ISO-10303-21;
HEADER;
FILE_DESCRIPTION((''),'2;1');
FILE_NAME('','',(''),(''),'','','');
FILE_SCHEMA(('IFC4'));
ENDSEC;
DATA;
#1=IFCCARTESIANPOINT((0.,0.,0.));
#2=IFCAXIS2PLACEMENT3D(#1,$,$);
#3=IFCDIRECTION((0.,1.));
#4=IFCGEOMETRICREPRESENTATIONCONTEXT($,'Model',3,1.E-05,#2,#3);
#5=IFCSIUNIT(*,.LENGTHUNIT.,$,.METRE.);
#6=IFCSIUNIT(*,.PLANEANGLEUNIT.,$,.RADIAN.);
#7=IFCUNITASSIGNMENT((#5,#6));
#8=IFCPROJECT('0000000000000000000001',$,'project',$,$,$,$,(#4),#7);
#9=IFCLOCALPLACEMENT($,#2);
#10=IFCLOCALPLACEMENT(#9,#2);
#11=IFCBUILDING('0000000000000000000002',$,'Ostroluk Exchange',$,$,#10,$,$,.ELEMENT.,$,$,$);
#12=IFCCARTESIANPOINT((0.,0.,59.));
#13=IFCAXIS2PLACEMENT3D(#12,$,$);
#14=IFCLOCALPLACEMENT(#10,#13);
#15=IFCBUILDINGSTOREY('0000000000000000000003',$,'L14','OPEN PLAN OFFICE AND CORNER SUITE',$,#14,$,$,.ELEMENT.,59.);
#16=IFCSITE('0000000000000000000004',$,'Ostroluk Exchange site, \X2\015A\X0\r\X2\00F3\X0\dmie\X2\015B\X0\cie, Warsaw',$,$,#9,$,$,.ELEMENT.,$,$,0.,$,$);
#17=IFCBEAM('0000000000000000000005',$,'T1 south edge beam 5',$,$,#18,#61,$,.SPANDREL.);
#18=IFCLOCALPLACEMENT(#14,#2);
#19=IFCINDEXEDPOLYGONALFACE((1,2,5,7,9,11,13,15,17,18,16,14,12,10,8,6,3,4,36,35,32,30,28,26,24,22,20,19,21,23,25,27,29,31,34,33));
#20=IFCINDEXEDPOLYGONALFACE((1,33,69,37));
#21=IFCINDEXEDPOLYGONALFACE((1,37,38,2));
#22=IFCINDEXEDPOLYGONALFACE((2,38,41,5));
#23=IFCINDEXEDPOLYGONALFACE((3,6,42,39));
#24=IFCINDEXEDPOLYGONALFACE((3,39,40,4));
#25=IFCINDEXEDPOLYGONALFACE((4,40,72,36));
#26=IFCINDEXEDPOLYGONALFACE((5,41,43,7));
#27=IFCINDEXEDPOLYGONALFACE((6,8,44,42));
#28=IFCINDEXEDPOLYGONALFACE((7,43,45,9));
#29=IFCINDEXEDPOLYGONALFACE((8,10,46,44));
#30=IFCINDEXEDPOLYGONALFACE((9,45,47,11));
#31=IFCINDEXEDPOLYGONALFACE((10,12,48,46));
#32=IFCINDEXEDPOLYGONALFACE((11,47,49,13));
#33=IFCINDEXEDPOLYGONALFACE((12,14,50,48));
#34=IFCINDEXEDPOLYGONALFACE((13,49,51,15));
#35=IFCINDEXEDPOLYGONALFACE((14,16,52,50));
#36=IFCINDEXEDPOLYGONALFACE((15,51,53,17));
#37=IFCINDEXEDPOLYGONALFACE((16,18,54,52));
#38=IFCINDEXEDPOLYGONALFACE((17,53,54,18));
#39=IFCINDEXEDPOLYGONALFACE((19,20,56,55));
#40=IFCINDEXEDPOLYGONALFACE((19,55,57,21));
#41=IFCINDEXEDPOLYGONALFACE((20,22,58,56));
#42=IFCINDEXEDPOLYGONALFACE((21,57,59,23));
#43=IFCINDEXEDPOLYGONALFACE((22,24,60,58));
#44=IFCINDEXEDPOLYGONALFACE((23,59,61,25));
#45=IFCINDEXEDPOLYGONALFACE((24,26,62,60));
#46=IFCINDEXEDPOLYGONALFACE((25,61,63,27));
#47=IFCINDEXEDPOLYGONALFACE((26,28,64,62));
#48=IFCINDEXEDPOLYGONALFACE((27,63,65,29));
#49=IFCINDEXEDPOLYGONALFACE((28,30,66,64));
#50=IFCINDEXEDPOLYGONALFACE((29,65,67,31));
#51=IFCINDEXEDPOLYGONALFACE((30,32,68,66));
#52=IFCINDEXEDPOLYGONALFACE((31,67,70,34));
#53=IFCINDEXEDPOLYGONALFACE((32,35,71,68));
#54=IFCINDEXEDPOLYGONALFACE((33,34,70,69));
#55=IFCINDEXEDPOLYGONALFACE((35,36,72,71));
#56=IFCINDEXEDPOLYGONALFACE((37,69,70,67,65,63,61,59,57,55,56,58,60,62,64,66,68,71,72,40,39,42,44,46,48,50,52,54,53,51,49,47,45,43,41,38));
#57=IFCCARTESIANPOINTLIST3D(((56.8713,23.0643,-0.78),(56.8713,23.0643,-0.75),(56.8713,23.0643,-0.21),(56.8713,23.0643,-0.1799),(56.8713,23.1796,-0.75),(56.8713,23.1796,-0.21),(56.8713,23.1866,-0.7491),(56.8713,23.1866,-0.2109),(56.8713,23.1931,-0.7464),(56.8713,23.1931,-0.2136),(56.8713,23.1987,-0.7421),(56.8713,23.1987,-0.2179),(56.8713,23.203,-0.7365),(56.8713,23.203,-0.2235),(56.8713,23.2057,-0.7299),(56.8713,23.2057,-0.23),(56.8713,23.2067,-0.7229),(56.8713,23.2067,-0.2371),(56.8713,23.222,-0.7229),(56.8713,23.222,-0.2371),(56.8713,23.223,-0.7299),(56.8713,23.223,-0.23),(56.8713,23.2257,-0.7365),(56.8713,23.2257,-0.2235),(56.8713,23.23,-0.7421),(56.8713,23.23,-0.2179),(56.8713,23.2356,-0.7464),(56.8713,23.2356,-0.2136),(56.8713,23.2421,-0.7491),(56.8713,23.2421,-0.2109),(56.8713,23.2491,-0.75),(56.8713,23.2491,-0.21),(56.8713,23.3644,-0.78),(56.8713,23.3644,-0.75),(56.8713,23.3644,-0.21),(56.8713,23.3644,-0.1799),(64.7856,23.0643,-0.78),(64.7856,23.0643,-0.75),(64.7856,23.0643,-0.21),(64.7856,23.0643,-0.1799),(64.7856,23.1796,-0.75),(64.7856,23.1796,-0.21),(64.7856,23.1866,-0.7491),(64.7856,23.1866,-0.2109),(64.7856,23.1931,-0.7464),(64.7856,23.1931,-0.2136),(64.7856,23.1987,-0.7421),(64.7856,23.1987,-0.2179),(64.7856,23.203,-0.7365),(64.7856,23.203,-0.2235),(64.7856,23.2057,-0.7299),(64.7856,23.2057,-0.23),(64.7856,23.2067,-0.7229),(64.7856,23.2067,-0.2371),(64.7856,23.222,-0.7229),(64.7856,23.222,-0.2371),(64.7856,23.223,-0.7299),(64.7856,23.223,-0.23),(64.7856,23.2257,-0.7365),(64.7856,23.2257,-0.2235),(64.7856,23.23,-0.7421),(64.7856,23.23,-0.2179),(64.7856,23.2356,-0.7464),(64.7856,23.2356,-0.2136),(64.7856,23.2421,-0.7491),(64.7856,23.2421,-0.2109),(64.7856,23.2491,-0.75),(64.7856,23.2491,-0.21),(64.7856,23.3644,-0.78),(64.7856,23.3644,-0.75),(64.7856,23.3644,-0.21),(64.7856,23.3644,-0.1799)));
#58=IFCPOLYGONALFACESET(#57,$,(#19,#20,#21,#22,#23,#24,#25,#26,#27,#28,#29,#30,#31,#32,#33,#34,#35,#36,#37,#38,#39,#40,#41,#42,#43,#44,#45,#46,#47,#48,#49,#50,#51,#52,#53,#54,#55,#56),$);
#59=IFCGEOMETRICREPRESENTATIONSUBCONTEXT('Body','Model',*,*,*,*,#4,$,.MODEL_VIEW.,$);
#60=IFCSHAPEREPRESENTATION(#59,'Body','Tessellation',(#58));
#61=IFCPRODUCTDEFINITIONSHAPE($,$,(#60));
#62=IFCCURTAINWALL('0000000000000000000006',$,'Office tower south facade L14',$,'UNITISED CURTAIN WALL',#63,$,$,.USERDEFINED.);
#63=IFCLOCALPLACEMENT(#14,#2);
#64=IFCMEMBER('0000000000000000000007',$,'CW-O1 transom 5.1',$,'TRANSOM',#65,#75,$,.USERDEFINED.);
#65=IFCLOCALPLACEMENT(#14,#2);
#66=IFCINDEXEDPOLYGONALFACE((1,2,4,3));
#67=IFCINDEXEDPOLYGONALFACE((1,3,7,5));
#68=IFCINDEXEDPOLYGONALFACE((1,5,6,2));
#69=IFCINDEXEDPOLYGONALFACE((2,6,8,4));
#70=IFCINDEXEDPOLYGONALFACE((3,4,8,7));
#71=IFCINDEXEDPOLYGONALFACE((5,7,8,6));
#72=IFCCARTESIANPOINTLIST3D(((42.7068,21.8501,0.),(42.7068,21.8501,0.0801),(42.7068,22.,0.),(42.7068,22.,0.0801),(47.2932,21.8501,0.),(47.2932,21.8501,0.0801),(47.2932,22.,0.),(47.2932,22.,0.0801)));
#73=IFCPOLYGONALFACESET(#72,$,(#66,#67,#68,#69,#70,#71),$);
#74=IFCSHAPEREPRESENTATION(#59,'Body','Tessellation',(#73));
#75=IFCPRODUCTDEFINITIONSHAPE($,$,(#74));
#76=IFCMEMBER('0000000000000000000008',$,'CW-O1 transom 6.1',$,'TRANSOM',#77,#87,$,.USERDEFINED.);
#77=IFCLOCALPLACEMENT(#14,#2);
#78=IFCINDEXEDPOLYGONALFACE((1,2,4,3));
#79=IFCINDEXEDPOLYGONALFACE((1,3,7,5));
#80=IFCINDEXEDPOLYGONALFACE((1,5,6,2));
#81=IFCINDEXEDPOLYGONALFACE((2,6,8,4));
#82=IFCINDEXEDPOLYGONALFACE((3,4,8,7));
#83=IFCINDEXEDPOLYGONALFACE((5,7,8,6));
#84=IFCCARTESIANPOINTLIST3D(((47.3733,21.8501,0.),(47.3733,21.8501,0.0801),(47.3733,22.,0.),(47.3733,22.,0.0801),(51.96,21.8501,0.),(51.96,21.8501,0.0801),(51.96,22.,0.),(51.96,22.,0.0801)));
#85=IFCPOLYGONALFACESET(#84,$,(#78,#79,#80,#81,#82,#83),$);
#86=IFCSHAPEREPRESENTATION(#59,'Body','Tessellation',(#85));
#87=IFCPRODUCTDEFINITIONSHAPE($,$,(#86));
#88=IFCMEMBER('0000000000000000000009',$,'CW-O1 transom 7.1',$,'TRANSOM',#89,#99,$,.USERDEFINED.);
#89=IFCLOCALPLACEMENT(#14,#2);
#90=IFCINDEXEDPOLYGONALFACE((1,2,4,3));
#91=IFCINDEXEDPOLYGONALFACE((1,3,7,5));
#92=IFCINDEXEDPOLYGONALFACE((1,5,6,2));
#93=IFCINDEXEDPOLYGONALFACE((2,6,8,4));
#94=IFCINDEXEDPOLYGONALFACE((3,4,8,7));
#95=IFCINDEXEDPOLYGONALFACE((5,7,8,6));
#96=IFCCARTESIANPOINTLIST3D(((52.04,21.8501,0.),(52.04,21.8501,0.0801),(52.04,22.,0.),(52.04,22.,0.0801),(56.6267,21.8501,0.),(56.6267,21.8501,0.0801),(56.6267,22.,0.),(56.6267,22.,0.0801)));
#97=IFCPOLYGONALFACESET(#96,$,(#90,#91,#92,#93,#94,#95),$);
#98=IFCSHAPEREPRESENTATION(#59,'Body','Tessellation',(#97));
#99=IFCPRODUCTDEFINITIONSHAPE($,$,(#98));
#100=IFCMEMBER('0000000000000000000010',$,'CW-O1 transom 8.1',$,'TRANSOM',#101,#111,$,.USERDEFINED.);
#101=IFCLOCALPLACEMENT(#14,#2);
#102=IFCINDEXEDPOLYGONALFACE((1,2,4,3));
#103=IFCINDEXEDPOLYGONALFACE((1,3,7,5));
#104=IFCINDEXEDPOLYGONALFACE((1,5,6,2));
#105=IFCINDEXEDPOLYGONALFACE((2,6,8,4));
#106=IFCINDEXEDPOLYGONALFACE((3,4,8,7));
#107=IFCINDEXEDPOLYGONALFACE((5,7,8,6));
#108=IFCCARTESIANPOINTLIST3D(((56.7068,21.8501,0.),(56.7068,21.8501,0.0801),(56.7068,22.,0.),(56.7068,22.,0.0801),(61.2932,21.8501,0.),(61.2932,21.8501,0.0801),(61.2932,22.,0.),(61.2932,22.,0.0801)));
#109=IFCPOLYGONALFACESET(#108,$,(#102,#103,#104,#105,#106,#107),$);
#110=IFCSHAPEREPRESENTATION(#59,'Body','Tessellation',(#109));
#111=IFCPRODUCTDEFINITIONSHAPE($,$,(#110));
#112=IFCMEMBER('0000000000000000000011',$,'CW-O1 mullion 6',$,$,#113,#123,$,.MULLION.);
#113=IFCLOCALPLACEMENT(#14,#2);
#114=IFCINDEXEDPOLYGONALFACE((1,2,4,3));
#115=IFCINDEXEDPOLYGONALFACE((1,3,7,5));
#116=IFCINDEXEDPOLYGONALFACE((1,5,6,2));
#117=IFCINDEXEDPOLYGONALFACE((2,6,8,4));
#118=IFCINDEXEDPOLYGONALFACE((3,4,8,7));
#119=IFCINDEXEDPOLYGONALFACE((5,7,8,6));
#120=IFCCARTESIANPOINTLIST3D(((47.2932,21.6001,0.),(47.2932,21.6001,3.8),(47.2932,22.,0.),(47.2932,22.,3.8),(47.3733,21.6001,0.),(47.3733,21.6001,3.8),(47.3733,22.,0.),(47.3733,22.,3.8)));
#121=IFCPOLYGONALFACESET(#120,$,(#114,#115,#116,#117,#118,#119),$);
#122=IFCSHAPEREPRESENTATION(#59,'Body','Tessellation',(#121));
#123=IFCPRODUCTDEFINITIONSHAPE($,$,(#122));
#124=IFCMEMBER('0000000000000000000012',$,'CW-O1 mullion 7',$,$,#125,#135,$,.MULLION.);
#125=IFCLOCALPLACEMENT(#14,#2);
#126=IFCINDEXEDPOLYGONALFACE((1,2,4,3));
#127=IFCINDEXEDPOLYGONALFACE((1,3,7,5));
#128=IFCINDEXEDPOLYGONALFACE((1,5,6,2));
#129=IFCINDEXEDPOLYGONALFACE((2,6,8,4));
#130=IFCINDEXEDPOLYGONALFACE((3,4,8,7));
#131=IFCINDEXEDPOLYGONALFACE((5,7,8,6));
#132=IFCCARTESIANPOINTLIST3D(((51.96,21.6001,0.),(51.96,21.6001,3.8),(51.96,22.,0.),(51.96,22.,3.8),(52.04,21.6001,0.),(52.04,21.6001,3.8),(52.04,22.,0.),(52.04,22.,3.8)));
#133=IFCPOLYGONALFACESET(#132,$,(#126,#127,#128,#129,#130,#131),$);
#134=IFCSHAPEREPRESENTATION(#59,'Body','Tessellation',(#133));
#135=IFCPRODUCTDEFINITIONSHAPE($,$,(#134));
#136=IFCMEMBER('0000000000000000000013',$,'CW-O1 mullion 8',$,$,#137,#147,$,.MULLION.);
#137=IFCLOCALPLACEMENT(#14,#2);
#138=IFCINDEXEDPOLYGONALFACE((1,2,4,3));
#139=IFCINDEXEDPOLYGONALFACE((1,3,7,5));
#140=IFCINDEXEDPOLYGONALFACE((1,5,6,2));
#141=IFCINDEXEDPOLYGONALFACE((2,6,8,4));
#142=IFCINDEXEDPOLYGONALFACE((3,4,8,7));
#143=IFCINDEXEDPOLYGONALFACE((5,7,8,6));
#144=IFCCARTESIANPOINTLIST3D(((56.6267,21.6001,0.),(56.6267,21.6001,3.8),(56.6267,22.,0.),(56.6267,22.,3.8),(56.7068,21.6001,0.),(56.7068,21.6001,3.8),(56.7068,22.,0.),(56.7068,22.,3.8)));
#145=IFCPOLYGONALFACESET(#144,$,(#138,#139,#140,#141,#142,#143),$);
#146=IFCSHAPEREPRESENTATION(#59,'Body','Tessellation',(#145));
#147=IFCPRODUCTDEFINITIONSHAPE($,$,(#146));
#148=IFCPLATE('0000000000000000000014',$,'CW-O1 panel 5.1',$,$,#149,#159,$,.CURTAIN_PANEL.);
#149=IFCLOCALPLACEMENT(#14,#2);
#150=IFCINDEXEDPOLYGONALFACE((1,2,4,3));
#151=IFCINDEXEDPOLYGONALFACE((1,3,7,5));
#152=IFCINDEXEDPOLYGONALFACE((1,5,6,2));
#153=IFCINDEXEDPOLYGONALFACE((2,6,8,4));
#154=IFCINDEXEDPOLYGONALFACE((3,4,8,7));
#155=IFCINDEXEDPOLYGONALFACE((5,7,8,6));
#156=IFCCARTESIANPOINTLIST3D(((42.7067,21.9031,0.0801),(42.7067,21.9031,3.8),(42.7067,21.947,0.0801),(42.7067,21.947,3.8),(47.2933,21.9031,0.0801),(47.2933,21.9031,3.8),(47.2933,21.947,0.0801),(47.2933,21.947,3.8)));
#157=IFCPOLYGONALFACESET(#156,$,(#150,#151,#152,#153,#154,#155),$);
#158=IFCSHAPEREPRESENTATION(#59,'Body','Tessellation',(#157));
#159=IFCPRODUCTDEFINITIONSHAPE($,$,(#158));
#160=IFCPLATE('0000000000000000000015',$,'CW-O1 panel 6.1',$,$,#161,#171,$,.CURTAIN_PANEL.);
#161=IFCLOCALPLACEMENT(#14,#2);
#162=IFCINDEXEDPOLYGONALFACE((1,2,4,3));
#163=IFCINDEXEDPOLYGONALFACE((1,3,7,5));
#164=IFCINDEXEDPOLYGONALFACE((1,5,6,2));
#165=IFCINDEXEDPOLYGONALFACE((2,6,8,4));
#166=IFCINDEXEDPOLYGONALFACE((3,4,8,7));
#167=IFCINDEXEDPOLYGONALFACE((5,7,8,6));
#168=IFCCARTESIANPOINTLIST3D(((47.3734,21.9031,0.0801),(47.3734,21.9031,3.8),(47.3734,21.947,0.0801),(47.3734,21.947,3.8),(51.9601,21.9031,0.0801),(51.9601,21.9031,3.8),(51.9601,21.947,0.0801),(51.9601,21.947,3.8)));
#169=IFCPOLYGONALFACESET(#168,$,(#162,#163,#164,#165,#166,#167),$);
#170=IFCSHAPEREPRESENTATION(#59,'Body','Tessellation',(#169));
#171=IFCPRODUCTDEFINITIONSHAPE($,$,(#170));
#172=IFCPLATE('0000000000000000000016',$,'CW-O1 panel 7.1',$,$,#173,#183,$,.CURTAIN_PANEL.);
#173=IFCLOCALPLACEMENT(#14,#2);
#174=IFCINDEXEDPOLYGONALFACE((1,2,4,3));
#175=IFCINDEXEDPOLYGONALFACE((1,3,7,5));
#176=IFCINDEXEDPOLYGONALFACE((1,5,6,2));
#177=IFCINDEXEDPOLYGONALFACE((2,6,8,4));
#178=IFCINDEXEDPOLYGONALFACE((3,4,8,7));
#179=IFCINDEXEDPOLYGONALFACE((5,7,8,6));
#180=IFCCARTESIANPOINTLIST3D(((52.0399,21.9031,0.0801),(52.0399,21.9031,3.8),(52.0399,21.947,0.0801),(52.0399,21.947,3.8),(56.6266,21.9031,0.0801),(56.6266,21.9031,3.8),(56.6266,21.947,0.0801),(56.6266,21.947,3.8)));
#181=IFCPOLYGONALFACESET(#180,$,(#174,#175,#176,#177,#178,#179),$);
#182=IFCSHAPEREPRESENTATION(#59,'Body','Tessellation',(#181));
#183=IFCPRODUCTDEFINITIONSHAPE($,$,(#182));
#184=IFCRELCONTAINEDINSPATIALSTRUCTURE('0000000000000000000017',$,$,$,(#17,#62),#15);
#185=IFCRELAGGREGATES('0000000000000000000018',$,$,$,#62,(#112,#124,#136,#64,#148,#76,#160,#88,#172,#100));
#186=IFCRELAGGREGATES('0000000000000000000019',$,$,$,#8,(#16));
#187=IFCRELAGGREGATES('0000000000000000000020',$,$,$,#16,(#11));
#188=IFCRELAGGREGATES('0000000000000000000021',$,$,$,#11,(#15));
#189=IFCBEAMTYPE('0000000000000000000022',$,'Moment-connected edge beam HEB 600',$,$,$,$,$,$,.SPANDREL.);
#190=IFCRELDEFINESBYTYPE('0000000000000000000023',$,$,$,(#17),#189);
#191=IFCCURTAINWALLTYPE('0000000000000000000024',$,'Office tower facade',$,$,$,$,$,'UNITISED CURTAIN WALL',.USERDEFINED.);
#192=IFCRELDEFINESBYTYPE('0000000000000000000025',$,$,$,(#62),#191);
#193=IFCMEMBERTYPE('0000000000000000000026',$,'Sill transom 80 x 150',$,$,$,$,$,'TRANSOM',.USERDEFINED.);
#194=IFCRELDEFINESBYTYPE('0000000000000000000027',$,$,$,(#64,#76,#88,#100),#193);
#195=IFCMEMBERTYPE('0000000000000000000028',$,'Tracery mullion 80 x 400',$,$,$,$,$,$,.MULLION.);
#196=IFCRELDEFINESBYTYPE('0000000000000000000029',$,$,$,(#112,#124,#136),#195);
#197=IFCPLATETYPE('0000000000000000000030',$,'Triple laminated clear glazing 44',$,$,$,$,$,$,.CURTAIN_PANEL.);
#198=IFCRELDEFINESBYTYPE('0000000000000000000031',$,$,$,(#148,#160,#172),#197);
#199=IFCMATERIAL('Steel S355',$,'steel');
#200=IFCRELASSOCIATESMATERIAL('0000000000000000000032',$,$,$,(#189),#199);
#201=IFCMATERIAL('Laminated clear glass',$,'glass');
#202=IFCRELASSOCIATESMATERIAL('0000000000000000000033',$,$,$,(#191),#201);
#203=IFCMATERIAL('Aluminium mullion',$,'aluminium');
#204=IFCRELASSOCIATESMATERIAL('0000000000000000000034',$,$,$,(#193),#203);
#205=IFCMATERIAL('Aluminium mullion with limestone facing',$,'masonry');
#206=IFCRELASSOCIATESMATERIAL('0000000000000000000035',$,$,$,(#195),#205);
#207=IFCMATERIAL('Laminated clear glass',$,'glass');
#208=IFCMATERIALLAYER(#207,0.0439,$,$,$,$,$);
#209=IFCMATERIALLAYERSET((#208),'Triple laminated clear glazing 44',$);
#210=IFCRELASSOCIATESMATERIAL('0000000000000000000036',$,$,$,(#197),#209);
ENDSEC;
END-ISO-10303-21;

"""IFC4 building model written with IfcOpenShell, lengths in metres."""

from ifc_helpers import new_model, si_unit, direction, frame, origin, origin_2d, place, context, subcontext, project, spatial, rectangle, i_section, extrude, material, layer, layer_set, material_profile, profile_set, type_object, element, aggregate, save


model = new_model("IFC4")

# Units and contexts
model_context = context("Model", 3, precision=1e-05, world=origin(), true_north=direction((0.0, 1.0)))
body_context = subcontext(model_context, "Body", "Model", "MODEL_VIEW")
ifc_project = project(units=[si_unit("LENGTHUNIT", "METRE"), si_unit("PLANEANGLEUNIT", "RADIAN")], contexts=[model_context])

# Site, building, storey
site_placement = place(None, origin())
site = spatial("IfcSite", under=ifc_project, at=site_placement, Name="Ostroluk Exchange site, Śródmieście, Warsaw", CompositionType="ELEMENT", RefElevation=0.0)
building_placement = place(site_placement, origin())
building = spatial("IfcBuilding", under=site, at=building_placement, Name="Ostroluk Exchange", CompositionType="ELEMENT")
storey_placement = place(building_placement, frame((0.0, 0.0, 59.0)))
storey = spatial("IfcBuildingStorey", under=building, at=storey_placement, Name="L14", Description="OPEN PLAN OFFICE AND CORNER SUITE", CompositionType="ELEMENT", Elevation=59.0)

# Beam
ifc_material_1 = material(Name="Steel S355", Category="steel")
ifc_material_profile_1 = material_profile(ifc_material_1, i_section(OverallWidth=0.3, OverallDepth=0.6001, WebThickness=0.0154, FlangeThickness=0.03, FilletRadius=0.0271, at=origin_2d()), Name="HEB 600")
ifc_profile_set_1 = profile_set([ifc_material_profile_1], Name="Steel S355")
beam_type_1 = type_object("IfcBeamType", Name="Moment-connected edge beam HEB 600", PredefinedType="SPANDREL", material=ifc_profile_set_1)
for number, where, z_axis, x_axis, name in (
    (1, (56.8713, 23.2144, -0.48), (1.0, 0.0, 0.0), (0.0, 1.0, 0.0), "T1 south edge beam 5"),
):
    element("IfcBeam", number, at=place(storey_placement, frame(where, z_axis=z_axis, x_axis=x_axis)), inside=storey, type_object=beam_type_1, Name=name, PredefinedType="SPANDREL", context=body_context, shape_type="SweptSolid", body=[
        extrude(i_section(OverallWidth=0.3, OverallDepth=0.6001, WebThickness=0.0154, FlangeThickness=0.03, FilletRadius=0.0271, at=origin_2d()), origin(), (0.0, 0.0, 1.0), 7.9143),
    ])

# Curtain wall, members, plates
ifc_material_2 = material(Name="Laminated clear glass", Category="glass")
curtain_wall_type = type_object("IfcCurtainWallType", Name="Office tower facade", ElementType="UNITISED CURTAIN WALL", PredefinedType="USERDEFINED", material=ifc_material_2)
curtain_wall_placement = place(storey_placement, origin())
curtain_wall = element("IfcCurtainWall", 2, at=curtain_wall_placement, inside=storey, type_object=curtain_wall_type, Name="Office tower south facade L14", ObjectType="UNITISED CURTAIN WALL", PredefinedType="USERDEFINED")
ifc_material_3 = material(Name="Aluminium mullion", Category="aluminium")
ifc_material_profile_2 = material_profile(ifc_material_3, rectangle(XDim=0.1499, YDim=0.0801, at=origin_2d()), Name="Sill transom 80 x 150")
ifc_profile_set_2 = profile_set([ifc_material_profile_2], Name="Aluminium mullion")
member_type_1 = type_object("IfcMemberType", Name="Sill transom 80 x 150", ElementType="TRANSOM", PredefinedType="USERDEFINED", material=ifc_profile_set_2)
member_1_placement = place(storey_placement, frame((42.7068, 21.925, 0.04), z_axis=(1.0, 0.0, 0.0), x_axis=(0.0, 1.0, 0.0)))
member_1 = element("IfcMember", 3, at=member_1_placement, type_object=member_type_1, Name="CW-O1 transom 5.1", ObjectType="TRANSOM", PredefinedType="USERDEFINED", context=body_context, shape_type="SweptSolid", body=[
    extrude(rectangle(XDim=0.1499, YDim=0.0801, at=origin_2d()), origin(), (0.0, 0.0, 1.0), 4.5864),
])
member_2_placement = place(storey_placement, frame((47.3733, 21.925, 0.04), z_axis=(1.0, 0.0, 0.0), x_axis=(0.0, 1.0, 0.0)))
member_2 = element("IfcMember", 4, at=member_2_placement, type_object=member_type_1, Name="CW-O1 transom 6.1", ObjectType="TRANSOM", PredefinedType="USERDEFINED", context=body_context, shape_type="SweptSolid", body=[
    extrude(rectangle(XDim=0.1499, YDim=0.0801, at=origin_2d()), origin(), (0.0, 0.0, 1.0), 4.5867),
])
member_3_placement = place(storey_placement, frame((52.04, 21.925, 0.04), z_axis=(1.0, 0.0, 0.0), x_axis=(0.0, 1.0, 0.0)))
member_3 = element("IfcMember", 5, at=member_3_placement, type_object=member_type_1, Name="CW-O1 transom 7.1", ObjectType="TRANSOM", PredefinedType="USERDEFINED", context=body_context, shape_type="SweptSolid", body=[
    extrude(rectangle(XDim=0.1499, YDim=0.0801, at=origin_2d()), origin(), (0.0, 0.0, 1.0), 4.5867),
])
member_4_placement = place(storey_placement, frame((56.7068, 21.925, 0.04), z_axis=(1.0, 0.0, 0.0), x_axis=(0.0, 1.0, 0.0)))
member_4 = element("IfcMember", 6, at=member_4_placement, type_object=member_type_1, Name="CW-O1 transom 8.1", ObjectType="TRANSOM", PredefinedType="USERDEFINED", context=body_context, shape_type="SweptSolid", body=[
    extrude(rectangle(XDim=0.1499, YDim=0.0801, at=origin_2d()), origin(), (0.0, 0.0, 1.0), 4.5864),
])
ifc_material_4 = material(Name="Aluminium mullion with limestone facing", Category="masonry")
ifc_material_profile_3 = material_profile(ifc_material_4, rectangle(XDim=0.3999, YDim=0.0801, at=origin_2d()), Name="Tracery mullion 80 x 400")
ifc_profile_set_3 = profile_set([ifc_material_profile_3], Name="Aluminium mullion with limestone facing")
member_type_2 = type_object("IfcMemberType", Name="Tracery mullion 80 x 400", PredefinedType="MULLION", material=ifc_profile_set_3)
member_5_placement = place(storey_placement, frame((47.3333, 21.8, 0.0), z_axis=(0.0, 0.0, 1.0), x_axis=(0.0, 1.0, 0.0)))
member_5 = element("IfcMember", 7, at=member_5_placement, type_object=member_type_2, Name="CW-O1 mullion 6", PredefinedType="MULLION", context=body_context, shape_type="SweptSolid", body=[
    extrude(rectangle(XDim=0.3999, YDim=0.0801, at=origin_2d()), origin(), (0.0, 0.0, 1.0), 3.8),
])
member_6_placement = place(storey_placement, frame((52.0, 21.8, 0.0), z_axis=(0.0, 0.0, 1.0), x_axis=(0.0, 1.0, 0.0)))
member_6 = element("IfcMember", 8, at=member_6_placement, type_object=member_type_2, Name="CW-O1 mullion 7", PredefinedType="MULLION", context=body_context, shape_type="SweptSolid", body=[
    extrude(rectangle(XDim=0.3999, YDim=0.0801, at=origin_2d()), origin(), (0.0, 0.0, 1.0), 3.8),
])
member_7_placement = place(storey_placement, frame((56.6667, 21.8, 0.0), z_axis=(0.0, 0.0, 1.0), x_axis=(0.0, 1.0, 0.0)))
member_7 = element("IfcMember", 9, at=member_7_placement, type_object=member_type_2, Name="CW-O1 mullion 8", PredefinedType="MULLION", context=body_context, shape_type="SweptSolid", body=[
    extrude(rectangle(XDim=0.3999, YDim=0.0801, at=origin_2d()), origin(), (0.0, 0.0, 1.0), 3.8),
])
ifc_material_5 = material(Name="Laminated clear glass", Category="glass")
ifc_layer_1 = layer(ifc_material_5, 0.0439)
ifc_layer_set_1 = layer_set([ifc_layer_1], Name="Triple laminated clear glazing 44")
plate_type = type_object("IfcPlateType", Name="Triple laminated clear glazing 44", PredefinedType="CURTAIN_PANEL", material=ifc_layer_set_1)
plate_1_placement = place(storey_placement, frame((45.0, 21.925, 0.0801), z_axis=(0.0, 0.0, 1.0), x_axis=(1.0, 0.0, 0.0)))
plate_1 = element("IfcPlate", 10, at=plate_1_placement, type_object=plate_type, Name="CW-O1 panel 5.1", PredefinedType="CURTAIN_PANEL", context=body_context, shape_type="SweptSolid", body=[
    extrude(rectangle(XDim=4.5867, YDim=0.0439, at=origin_2d()), origin(), (0.0, 0.0, 1.0), 3.72),
])
plate_2_placement = place(storey_placement, frame((49.6667, 21.925, 0.0801), z_axis=(0.0, 0.0, 1.0), x_axis=(1.0, 0.0, 0.0)))
plate_2 = element("IfcPlate", 11, at=plate_2_placement, type_object=plate_type, Name="CW-O1 panel 6.1", PredefinedType="CURTAIN_PANEL", context=body_context, shape_type="SweptSolid", body=[
    extrude(rectangle(XDim=4.5867, YDim=0.0439, at=origin_2d()), origin(), (0.0, 0.0, 1.0), 3.72),
])
plate_3_placement = place(storey_placement, frame((54.3333, 21.925, 0.0801), z_axis=(0.0, 0.0, 1.0), x_axis=(1.0, 0.0, 0.0)))
plate_3 = element("IfcPlate", 12, at=plate_3_placement, type_object=plate_type, Name="CW-O1 panel 7.1", PredefinedType="CURTAIN_PANEL", context=body_context, shape_type="SweptSolid", body=[
    extrude(rectangle(XDim=4.5867, YDim=0.0439, at=origin_2d()), origin(), (0.0, 0.0, 1.0), 3.72),
])
aggregate(curtain_wall, [member_5, member_6, member_7, member_1, plate_1, member_2, plate_2, member_3, plate_3, member_4])

save(model, "model.ifc")
